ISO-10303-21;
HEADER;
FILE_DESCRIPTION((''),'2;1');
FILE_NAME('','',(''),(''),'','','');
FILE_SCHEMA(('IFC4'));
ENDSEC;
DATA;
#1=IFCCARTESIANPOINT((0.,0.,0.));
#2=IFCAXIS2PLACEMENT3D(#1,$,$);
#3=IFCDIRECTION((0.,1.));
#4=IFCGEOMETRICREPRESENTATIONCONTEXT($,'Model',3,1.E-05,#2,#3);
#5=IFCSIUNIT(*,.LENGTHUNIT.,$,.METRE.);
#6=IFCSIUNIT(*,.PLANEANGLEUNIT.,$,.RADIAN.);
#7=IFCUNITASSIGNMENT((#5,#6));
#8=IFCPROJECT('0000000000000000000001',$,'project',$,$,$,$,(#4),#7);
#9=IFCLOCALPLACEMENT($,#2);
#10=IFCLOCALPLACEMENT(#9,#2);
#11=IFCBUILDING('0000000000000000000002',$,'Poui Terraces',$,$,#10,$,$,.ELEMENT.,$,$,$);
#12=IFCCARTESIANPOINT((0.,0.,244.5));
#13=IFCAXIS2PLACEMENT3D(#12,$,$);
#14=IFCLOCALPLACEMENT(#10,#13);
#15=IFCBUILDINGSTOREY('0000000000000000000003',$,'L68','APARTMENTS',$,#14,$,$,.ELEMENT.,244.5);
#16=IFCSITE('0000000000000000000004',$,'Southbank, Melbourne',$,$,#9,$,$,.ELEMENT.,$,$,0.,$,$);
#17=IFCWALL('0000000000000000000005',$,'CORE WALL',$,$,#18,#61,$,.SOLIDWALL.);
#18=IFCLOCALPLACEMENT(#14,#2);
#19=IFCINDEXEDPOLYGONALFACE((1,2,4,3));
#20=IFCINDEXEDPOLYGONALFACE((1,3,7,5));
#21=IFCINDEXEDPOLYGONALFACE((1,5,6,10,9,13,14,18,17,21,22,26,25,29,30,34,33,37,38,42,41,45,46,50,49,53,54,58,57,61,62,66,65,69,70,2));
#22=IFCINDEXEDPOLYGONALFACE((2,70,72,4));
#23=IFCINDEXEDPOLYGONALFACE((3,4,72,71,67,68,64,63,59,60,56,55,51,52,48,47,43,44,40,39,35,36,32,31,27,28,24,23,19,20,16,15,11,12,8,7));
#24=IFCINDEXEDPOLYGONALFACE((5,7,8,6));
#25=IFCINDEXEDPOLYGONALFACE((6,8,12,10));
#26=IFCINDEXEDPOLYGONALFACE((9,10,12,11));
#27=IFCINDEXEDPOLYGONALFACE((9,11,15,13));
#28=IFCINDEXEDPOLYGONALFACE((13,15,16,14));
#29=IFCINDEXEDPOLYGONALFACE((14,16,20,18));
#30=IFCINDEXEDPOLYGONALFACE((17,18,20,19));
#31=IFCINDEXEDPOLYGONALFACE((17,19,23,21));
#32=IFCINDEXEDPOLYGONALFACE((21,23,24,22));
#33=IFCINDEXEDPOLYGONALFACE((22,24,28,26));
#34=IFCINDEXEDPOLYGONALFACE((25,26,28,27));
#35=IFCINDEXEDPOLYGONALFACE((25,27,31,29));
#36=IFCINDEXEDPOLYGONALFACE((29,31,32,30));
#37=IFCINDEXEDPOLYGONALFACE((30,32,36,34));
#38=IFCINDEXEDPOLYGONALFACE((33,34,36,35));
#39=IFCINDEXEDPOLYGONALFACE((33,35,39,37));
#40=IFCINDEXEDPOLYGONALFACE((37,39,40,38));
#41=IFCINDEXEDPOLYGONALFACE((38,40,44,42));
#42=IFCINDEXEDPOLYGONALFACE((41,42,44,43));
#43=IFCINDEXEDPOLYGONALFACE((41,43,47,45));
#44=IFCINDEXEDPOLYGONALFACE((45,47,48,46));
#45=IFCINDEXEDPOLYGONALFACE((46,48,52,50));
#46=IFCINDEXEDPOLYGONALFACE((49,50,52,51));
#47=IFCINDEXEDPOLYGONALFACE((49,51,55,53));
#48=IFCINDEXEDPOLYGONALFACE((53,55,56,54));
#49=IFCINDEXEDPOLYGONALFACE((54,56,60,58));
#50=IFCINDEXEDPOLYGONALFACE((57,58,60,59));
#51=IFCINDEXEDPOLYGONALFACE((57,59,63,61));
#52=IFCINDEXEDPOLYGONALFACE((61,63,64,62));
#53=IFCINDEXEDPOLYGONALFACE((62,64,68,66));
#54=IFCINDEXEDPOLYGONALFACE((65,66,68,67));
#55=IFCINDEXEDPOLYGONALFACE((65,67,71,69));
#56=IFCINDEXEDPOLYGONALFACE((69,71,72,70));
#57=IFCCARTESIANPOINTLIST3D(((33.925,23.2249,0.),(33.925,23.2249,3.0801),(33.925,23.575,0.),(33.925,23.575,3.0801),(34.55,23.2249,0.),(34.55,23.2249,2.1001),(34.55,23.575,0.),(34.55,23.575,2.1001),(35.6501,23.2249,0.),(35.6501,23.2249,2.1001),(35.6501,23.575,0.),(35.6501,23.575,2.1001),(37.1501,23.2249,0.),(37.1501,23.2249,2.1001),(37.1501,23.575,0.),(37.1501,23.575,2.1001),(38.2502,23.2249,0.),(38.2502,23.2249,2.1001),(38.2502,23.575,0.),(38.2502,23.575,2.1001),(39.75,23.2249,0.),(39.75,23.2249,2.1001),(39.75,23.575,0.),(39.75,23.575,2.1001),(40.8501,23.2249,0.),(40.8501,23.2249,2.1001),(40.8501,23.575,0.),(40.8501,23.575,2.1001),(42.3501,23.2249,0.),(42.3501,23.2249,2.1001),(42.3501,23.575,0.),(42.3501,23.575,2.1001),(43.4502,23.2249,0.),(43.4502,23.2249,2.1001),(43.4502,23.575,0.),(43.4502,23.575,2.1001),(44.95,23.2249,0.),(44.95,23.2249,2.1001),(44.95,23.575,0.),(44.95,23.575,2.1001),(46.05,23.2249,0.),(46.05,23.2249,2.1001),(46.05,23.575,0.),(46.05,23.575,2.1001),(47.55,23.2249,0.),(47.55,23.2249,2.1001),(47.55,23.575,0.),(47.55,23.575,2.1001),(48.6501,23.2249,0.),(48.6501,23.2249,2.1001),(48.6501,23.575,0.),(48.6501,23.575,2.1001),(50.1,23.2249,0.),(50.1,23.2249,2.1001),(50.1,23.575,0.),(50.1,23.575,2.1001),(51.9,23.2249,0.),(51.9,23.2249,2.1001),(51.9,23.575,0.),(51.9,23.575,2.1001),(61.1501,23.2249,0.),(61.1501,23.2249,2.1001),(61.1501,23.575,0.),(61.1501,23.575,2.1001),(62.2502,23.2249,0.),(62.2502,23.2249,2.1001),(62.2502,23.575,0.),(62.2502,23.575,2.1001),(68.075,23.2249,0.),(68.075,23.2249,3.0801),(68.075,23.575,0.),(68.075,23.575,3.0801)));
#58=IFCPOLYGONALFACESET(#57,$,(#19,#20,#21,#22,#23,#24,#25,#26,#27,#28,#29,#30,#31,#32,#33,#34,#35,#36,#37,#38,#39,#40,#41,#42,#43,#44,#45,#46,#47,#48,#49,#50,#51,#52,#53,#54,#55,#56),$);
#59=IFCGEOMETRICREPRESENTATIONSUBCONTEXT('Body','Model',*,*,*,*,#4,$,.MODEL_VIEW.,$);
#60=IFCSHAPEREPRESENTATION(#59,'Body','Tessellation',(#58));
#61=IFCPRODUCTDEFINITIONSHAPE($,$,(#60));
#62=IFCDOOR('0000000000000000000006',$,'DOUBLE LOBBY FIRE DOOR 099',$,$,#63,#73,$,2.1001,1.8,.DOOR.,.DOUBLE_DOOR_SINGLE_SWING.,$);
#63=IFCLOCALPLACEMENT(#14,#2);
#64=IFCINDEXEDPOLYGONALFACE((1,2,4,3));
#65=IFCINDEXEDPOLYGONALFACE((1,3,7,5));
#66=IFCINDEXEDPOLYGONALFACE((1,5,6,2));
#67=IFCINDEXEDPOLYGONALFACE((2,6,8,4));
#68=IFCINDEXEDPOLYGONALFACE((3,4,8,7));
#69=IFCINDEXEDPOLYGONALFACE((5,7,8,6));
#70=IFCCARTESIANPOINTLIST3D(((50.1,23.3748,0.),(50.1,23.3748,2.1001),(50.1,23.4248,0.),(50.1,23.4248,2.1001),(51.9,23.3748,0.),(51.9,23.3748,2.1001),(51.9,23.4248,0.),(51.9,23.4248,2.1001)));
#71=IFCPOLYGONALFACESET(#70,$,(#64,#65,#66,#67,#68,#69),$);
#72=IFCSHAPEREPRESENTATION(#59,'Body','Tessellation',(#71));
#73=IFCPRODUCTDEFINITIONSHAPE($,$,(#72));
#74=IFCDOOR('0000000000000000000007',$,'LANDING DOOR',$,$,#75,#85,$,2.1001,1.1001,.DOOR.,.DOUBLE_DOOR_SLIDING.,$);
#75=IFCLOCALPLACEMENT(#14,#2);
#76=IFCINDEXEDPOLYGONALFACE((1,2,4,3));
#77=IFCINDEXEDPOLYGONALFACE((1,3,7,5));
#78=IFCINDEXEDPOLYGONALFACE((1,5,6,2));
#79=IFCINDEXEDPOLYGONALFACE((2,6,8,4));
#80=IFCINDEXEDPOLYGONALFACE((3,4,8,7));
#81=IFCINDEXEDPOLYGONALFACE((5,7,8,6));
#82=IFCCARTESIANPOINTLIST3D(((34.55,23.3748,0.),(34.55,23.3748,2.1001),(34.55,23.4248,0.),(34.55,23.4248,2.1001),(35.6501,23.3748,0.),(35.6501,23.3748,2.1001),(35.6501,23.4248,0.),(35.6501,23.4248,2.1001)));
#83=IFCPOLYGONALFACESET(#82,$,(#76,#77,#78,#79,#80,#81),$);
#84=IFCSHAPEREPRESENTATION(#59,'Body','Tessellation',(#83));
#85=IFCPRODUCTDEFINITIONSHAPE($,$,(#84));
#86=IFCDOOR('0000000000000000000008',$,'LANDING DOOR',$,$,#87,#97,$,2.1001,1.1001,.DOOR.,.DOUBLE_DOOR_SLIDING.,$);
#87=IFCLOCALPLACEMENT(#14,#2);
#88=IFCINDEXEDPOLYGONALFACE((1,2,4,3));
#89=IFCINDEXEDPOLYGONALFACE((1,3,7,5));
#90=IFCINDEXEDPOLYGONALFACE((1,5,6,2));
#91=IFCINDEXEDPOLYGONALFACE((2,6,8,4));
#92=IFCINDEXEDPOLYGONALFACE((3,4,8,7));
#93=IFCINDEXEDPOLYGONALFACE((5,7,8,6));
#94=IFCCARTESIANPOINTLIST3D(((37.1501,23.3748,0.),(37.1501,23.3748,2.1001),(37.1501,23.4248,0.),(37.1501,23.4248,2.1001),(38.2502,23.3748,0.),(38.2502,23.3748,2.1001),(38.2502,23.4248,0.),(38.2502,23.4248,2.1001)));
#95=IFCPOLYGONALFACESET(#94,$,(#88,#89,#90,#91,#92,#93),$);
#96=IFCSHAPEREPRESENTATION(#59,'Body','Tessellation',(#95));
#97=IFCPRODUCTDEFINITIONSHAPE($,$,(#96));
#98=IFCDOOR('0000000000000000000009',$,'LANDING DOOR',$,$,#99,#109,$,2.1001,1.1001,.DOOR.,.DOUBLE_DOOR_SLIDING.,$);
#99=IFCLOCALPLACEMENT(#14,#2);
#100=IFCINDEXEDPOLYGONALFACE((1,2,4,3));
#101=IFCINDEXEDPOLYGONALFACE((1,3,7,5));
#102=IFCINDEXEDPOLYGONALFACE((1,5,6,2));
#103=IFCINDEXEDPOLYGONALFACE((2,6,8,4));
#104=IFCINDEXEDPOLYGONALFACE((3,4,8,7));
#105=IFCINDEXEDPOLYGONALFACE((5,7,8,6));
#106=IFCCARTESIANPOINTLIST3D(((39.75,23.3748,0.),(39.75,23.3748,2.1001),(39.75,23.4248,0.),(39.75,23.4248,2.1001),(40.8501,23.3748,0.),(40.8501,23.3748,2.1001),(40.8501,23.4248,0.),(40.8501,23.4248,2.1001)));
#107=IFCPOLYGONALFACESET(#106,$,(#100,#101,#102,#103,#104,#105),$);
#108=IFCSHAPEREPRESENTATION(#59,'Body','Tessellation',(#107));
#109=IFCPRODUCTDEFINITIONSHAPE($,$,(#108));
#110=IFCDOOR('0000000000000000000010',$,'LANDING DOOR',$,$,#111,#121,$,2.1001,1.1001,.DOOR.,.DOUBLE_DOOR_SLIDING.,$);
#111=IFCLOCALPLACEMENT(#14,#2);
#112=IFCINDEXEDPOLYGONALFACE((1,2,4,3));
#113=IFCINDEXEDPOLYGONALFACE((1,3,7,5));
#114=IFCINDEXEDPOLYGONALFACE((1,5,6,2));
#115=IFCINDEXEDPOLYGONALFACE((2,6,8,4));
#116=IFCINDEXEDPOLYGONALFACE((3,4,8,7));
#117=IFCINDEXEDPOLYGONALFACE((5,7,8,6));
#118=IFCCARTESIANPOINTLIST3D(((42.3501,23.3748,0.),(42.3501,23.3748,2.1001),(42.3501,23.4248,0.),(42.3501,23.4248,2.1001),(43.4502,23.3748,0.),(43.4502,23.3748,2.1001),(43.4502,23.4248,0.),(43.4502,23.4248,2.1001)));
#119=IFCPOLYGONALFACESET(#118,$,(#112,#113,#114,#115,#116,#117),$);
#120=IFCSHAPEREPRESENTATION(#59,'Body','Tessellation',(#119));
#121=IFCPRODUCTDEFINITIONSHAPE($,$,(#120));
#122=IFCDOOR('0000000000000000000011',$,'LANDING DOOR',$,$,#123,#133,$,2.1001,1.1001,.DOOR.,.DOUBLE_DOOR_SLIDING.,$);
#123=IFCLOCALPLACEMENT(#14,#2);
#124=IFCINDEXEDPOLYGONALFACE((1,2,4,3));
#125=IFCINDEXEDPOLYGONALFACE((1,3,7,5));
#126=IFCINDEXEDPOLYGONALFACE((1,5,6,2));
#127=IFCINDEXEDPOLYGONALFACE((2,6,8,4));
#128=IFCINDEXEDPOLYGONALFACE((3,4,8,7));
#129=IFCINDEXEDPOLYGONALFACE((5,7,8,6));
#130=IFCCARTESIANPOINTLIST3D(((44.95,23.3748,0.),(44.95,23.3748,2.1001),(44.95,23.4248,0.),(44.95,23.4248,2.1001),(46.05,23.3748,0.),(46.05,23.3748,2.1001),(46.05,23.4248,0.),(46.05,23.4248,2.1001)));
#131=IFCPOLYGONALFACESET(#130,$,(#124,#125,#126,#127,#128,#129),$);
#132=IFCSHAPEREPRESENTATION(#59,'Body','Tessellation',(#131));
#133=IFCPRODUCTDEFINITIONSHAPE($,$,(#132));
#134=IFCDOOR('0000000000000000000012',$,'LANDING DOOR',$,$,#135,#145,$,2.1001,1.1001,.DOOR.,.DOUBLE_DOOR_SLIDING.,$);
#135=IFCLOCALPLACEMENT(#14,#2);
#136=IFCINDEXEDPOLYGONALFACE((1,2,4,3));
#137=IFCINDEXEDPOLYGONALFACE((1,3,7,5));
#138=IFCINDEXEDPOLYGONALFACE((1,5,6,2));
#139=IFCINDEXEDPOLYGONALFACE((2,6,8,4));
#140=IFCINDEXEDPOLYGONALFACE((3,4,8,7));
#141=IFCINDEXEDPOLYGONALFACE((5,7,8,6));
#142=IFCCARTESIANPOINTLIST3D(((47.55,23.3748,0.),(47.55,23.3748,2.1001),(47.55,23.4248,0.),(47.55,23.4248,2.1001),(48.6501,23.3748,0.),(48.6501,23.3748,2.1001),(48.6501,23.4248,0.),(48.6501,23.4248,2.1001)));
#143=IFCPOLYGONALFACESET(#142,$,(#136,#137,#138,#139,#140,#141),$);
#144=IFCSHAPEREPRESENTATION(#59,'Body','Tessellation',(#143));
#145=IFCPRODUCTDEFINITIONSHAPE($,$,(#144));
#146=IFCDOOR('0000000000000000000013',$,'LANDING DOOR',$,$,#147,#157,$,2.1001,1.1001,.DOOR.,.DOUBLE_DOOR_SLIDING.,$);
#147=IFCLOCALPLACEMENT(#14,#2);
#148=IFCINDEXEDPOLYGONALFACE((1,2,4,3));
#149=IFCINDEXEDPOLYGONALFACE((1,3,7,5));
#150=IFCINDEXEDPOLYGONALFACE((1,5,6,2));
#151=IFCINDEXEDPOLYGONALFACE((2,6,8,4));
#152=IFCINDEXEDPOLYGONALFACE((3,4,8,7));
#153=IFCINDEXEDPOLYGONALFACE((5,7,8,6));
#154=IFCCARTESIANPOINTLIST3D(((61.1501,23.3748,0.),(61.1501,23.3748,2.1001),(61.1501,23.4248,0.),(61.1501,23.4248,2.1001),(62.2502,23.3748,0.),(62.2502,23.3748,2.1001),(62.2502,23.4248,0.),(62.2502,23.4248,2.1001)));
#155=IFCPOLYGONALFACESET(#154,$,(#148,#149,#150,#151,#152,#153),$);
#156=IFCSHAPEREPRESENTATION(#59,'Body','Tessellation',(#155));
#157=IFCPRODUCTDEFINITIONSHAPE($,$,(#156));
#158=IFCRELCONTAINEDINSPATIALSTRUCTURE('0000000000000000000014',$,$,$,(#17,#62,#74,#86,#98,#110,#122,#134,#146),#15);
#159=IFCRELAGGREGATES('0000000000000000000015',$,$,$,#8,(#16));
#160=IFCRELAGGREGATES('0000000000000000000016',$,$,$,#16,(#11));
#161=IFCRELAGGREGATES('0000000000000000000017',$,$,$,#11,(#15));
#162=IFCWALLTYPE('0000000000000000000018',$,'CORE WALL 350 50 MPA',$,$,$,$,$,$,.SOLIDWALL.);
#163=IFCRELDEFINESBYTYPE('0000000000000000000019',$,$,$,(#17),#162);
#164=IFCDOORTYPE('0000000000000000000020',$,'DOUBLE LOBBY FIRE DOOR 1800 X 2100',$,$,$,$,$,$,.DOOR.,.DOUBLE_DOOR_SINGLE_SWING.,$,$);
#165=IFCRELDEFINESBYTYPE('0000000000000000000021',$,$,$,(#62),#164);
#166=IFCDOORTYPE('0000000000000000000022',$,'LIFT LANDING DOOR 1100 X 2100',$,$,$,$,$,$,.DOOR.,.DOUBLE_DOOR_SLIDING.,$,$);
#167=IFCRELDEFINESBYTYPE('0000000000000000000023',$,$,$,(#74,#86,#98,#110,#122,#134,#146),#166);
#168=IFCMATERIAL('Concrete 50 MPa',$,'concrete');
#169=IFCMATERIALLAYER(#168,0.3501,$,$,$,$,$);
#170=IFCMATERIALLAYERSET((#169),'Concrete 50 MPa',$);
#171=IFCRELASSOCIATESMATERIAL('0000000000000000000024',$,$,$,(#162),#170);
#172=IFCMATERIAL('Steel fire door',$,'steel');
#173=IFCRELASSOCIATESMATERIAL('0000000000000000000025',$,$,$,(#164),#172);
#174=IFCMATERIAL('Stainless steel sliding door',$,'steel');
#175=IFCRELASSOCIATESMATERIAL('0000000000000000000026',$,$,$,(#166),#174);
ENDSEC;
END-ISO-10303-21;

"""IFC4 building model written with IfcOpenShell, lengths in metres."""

from ifc_helpers import new_model, si_unit, direction, frame, frame_2d, origin, place, context, subcontext, project, spatial, rectangle, extrude, material, layer, layer_set, type_object, element, fill, save


model = new_model("IFC4")

# Units and contexts
model_context = context("Model", 3, precision=1e-05, world=origin(), true_north=direction((0.0, 1.0)))
body_context = subcontext(model_context, "Body", "Model", "MODEL_VIEW")
ifc_project = project(units=[si_unit("LENGTHUNIT", "METRE"), si_unit("PLANEANGLEUNIT", "RADIAN")], contexts=[model_context])

# Site, building, storey
site_placement = place(None, origin())
site = spatial("IfcSite", under=ifc_project, at=site_placement, Name="Southbank, Melbourne", CompositionType="ELEMENT", RefElevation=0.0)
building_placement = place(site_placement, origin())
building = spatial("IfcBuilding", under=site, at=building_placement, Name="Poui Terraces", CompositionType="ELEMENT")
storey_placement = place(building_placement, frame((0.0, 0.0, 244.5)))
storey = spatial("IfcBuildingStorey", under=building, at=storey_placement, Name="L68", Description="APARTMENTS", CompositionType="ELEMENT", Elevation=244.5)

# Shared definitions
ifc_material_1 = material(Name="Concrete 50 MPa", Category="concrete")

# Wall, openings, doors
ifc_layer_1 = layer(ifc_material_1, 0.3501)
ifc_layer_set_1 = layer_set([ifc_layer_1], Name="Concrete 50 MPa")
wall_type_1 = type_object("IfcWallType", Name="CORE WALL 350 50 MPA", PredefinedType="SOLIDWALL", material=ifc_layer_set_1)
wall_1_placement = place(storey_placement, frame((33.925, 23.3999, 0.0), z_axis=(0.0, 0.0, 1.0), x_axis=(1.0, 0.0, 0.0)))
wall_1 = element("IfcWall", 1, at=wall_1_placement, inside=storey, type_object=wall_type_1, Name="CORE WALL", PredefinedType="SOLIDWALL", context=body_context, shape_type="SweptSolid", body=[
    extrude(rectangle(XDim=34.1499, YDim=0.3501, at=frame_2d((17.075, 0.0))), origin(), (0.0, 0.0, 1.0), 3.0801),
])
opening_1_placement = place(wall_1_placement, frame((16.175, 0.0, 0.0)))
opening_1 = element("IfcOpeningElement", 2, at=opening_1_placement, cuts=wall_1, PredefinedType="OPENING", context=body_context, shape_type="SweptSolid", body=[
    extrude(rectangle(XDim=1.8, YDim=2.1001, at=frame_2d((0.8999, 1.05))), frame((0.0, 0.1851, 0.0), z_axis=(0.0, -1.0, 0.0), x_axis=(1.0, 0.0, 0.0)), (0.0, 0.0, 1.0), 0.3701),
])
opening_2_placement = place(wall_1_placement, frame((0.625, 0.0, 0.0)))
opening_2 = element("IfcOpeningElement", 3, at=opening_2_placement, cuts=wall_1, PredefinedType="OPENING", context=body_context, shape_type="SweptSolid", body=[
    extrude(rectangle(XDim=1.1001, YDim=2.1001, at=frame_2d((0.55, 1.05))), frame((0.0, 0.1851, 0.0), z_axis=(0.0, -1.0, 0.0), x_axis=(1.0, 0.0, 0.0)), (0.0, 0.0, 1.0), 0.3701),
])
opening_3_placement = place(wall_1_placement, frame((3.2251, 0.0, 0.0)))
opening_3 = element("IfcOpeningElement", 4, at=opening_3_placement, cuts=wall_1, PredefinedType="OPENING", context=body_context, shape_type="SweptSolid", body=[
    extrude(rectangle(XDim=1.1001, YDim=2.1001, at=frame_2d((0.55, 1.05))), frame((0.0, 0.1851, 0.0), z_axis=(0.0, -1.0, 0.0), x_axis=(1.0, 0.0, 0.0)), (0.0, 0.0, 1.0), 0.3701),
])
opening_4_placement = place(wall_1_placement, frame((5.825, 0.0, 0.0)))
opening_4 = element("IfcOpeningElement", 5, at=opening_4_placement, cuts=wall_1, PredefinedType="OPENING", context=body_context, shape_type="SweptSolid", body=[
    extrude(rectangle(XDim=1.1001, YDim=2.1001, at=frame_2d((0.55, 1.05))), frame((0.0, 0.1851, 0.0), z_axis=(0.0, -1.0, 0.0), x_axis=(1.0, 0.0, 0.0)), (0.0, 0.0, 1.0), 0.3701),
])
opening_5_placement = place(wall_1_placement, frame((8.425, 0.0, 0.0)))
opening_5 = element("IfcOpeningElement", 6, at=opening_5_placement, cuts=wall_1, PredefinedType="OPENING", context=body_context, shape_type="SweptSolid", body=[
    extrude(rectangle(XDim=1.1001, YDim=2.1001, at=frame_2d((0.55, 1.05))), frame((0.0, 0.1851, 0.0), z_axis=(0.0, -1.0, 0.0), x_axis=(1.0, 0.0, 0.0)), (0.0, 0.0, 1.0), 0.3701),
])
opening_6_placement = place(wall_1_placement, frame((11.0249, 0.0, 0.0)))
opening_6 = element("IfcOpeningElement", 7, at=opening_6_placement, cuts=wall_1, PredefinedType="OPENING", context=body_context, shape_type="SweptSolid", body=[
    extrude(rectangle(XDim=1.1001, YDim=2.1001, at=frame_2d((0.55, 1.05))), frame((0.0, 0.1851, 0.0), z_axis=(0.0, -1.0, 0.0), x_axis=(1.0, 0.0, 0.0)), (0.0, 0.0, 1.0), 0.3701),
])
opening_7_placement = place(wall_1_placement, frame((13.625, 0.0, 0.0)))
opening_7 = element("IfcOpeningElement", 8, at=opening_7_placement, cuts=wall_1, PredefinedType="OPENING", context=body_context, shape_type="SweptSolid", body=[
    extrude(rectangle(XDim=1.1001, YDim=2.1001, at=frame_2d((0.55, 1.05))), frame((0.0, 0.1851, 0.0), z_axis=(0.0, -1.0, 0.0), x_axis=(1.0, 0.0, 0.0)), (0.0, 0.0, 1.0), 0.3701),
])
opening_8_placement = place(wall_1_placement, frame((27.2251, 0.0, 0.0)))
opening_8 = element("IfcOpeningElement", 9, at=opening_8_placement, cuts=wall_1, PredefinedType="OPENING", context=body_context, shape_type="SweptSolid", body=[
    extrude(rectangle(XDim=1.1001, YDim=2.1001, at=frame_2d((0.55, 1.05))), frame((0.0, 0.1851, 0.0), z_axis=(0.0, -1.0, 0.0), x_axis=(1.0, 0.0, 0.0)), (0.0, 0.0, 1.0), 0.3701),
])
ifc_material_2 = material(Name="Steel fire door", Category="steel")
door_type_1 = type_object("IfcDoorType", Name="DOUBLE LOBBY FIRE DOOR 1800 X 2100", OperationType="DOUBLE_DOOR_SINGLE_SWING", PredefinedType="DOOR", material=ifc_material_2)
door_1_placement = place(opening_1_placement, origin())
door_1 = element("IfcDoor", 10, at=door_1_placement, inside=storey, type_object=door_type_1, Name="DOUBLE LOBBY FIRE DOOR 099", OperationType="DOUBLE_DOOR_SINGLE_SWING", OverallHeight=2.1001, OverallWidth=1.8, PredefinedType="DOOR", context=body_context, shape_type="SweptSolid", body=[
    extrude(rectangle(XDim=1.8, YDim=2.1001, at=frame_2d((0.8999, 1.05))), frame((0.0, 0.0249, 0.0), z_axis=(0.0, -1.0, 0.0), x_axis=(1.0, 0.0, 0.0)), (0.0, 0.0, 1.0), 0.05),
])
fill(opening_1, door_1)
ifc_material_3 = material(Name="Stainless steel sliding door", Category="steel")
door_type_2 = type_object("IfcDoorType", Name="LIFT LANDING DOOR 1100 X 2100", OperationType="DOUBLE_DOOR_SLIDING", PredefinedType="DOOR", material=ifc_material_3)
door_2_placement = place(opening_2_placement, origin())
door_2 = element("IfcDoor", 11, at=door_2_placement, inside=storey, type_object=door_type_2, Name="LANDING DOOR", OperationType="DOUBLE_DOOR_SLIDING", OverallHeight=2.1001, OverallWidth=1.1001, PredefinedType="DOOR", context=body_context, shape_type="SweptSolid", body=[
    extrude(rectangle(XDim=1.1001, YDim=2.1001, at=frame_2d((0.55, 1.05))), frame((0.0, 0.0249, 0.0), z_axis=(0.0, -1.0, 0.0), x_axis=(1.0, 0.0, 0.0)), (0.0, 0.0, 1.0), 0.05),
])
fill(opening_2, door_2)
door_3_placement = place(opening_3_placement, origin())
door_3 = element("IfcDoor", 12, at=door_3_placement, inside=storey, type_object=door_type_2, Name="LANDING DOOR", OperationType="DOUBLE_DOOR_SLIDING", OverallHeight=2.1001, OverallWidth=1.1001, PredefinedType="DOOR", context=body_context, shape_type="SweptSolid", body=[
    extrude(rectangle(XDim=1.1001, YDim=2.1001, at=frame_2d((0.55, 1.05))), frame((0.0, 0.0249, 0.0), z_axis=(0.0, -1.0, 0.0), x_axis=(1.0, 0.0, 0.0)), (0.0, 0.0, 1.0), 0.05),
])
fill(opening_3, door_3)
door_4_placement = place(opening_4_placement, origin())
door_4 = element("IfcDoor", 13, at=door_4_placement, inside=storey, type_object=door_type_2, Name="LANDING DOOR", OperationType="DOUBLE_DOOR_SLIDING", OverallHeight=2.1001, OverallWidth=1.1001, PredefinedType="DOOR", context=body_context, shape_type="SweptSolid", body=[
    extrude(rectangle(XDim=1.1001, YDim=2.1001, at=frame_2d((0.55, 1.05))), frame((0.0, 0.0249, 0.0), z_axis=(0.0, -1.0, 0.0), x_axis=(1.0, 0.0, 0.0)), (0.0, 0.0, 1.0), 0.05),
])
fill(opening_4, door_4)
door_5_placement = place(opening_5_placement, origin())
door_5 = element("IfcDoor", 14, at=door_5_placement, inside=storey, type_object=door_type_2, Name="LANDING DOOR", OperationType="DOUBLE_DOOR_SLIDING", OverallHeight=2.1001, OverallWidth=1.1001, PredefinedType="DOOR", context=body_context, shape_type="SweptSolid", body=[
    extrude(rectangle(XDim=1.1001, YDim=2.1001, at=frame_2d((0.55, 1.05))), frame((0.0, 0.0249, 0.0), z_axis=(0.0, -1.0, 0.0), x_axis=(1.0, 0.0, 0.0)), (0.0, 0.0, 1.0), 0.05),
])
fill(opening_5, door_5)
door_6_placement = place(opening_6_placement, origin())
door_6 = element("IfcDoor", 15, at=door_6_placement, inside=storey, type_object=door_type_2, Name="LANDING DOOR", OperationType="DOUBLE_DOOR_SLIDING", OverallHeight=2.1001, OverallWidth=1.1001, PredefinedType="DOOR", context=body_context, shape_type="SweptSolid", body=[
    extrude(rectangle(XDim=1.1001, YDim=2.1001, at=frame_2d((0.55, 1.05))), frame((0.0, 0.0249, 0.0), z_axis=(0.0, -1.0, 0.0), x_axis=(1.0, 0.0, 0.0)), (0.0, 0.0, 1.0), 0.05),
])
fill(opening_6, door_6)
door_7_placement = place(opening_7_placement, origin())
door_7 = element("IfcDoor", 16, at=door_7_placement, inside=storey, type_object=door_type_2, Name="LANDING DOOR", OperationType="DOUBLE_DOOR_SLIDING", OverallHeight=2.1001, OverallWidth=1.1001, PredefinedType="DOOR", context=body_context, shape_type="SweptSolid", body=[
    extrude(rectangle(XDim=1.1001, YDim=2.1001, at=frame_2d((0.55, 1.05))), frame((0.0, 0.0249, 0.0), z_axis=(0.0, -1.0, 0.0), x_axis=(1.0, 0.0, 0.0)), (0.0, 0.0, 1.0), 0.05),
])
fill(opening_7, door_7)
door_8_placement = place(opening_8_placement, origin())
door_8 = element("IfcDoor", 17, at=door_8_placement, inside=storey, type_object=door_type_2, Name="LANDING DOOR", OperationType="DOUBLE_DOOR_SLIDING", OverallHeight=2.1001, OverallWidth=1.1001, PredefinedType="DOOR", context=body_context, shape_type="SweptSolid", body=[
    extrude(rectangle(XDim=1.1001, YDim=2.1001, at=frame_2d((0.55, 1.05))), frame((0.0, 0.0249, 0.0), z_axis=(0.0, -1.0, 0.0), x_axis=(1.0, 0.0, 0.0)), (0.0, 0.0, 1.0), 0.05),
])
fill(opening_8, door_8)

save(model, "model.ifc")
